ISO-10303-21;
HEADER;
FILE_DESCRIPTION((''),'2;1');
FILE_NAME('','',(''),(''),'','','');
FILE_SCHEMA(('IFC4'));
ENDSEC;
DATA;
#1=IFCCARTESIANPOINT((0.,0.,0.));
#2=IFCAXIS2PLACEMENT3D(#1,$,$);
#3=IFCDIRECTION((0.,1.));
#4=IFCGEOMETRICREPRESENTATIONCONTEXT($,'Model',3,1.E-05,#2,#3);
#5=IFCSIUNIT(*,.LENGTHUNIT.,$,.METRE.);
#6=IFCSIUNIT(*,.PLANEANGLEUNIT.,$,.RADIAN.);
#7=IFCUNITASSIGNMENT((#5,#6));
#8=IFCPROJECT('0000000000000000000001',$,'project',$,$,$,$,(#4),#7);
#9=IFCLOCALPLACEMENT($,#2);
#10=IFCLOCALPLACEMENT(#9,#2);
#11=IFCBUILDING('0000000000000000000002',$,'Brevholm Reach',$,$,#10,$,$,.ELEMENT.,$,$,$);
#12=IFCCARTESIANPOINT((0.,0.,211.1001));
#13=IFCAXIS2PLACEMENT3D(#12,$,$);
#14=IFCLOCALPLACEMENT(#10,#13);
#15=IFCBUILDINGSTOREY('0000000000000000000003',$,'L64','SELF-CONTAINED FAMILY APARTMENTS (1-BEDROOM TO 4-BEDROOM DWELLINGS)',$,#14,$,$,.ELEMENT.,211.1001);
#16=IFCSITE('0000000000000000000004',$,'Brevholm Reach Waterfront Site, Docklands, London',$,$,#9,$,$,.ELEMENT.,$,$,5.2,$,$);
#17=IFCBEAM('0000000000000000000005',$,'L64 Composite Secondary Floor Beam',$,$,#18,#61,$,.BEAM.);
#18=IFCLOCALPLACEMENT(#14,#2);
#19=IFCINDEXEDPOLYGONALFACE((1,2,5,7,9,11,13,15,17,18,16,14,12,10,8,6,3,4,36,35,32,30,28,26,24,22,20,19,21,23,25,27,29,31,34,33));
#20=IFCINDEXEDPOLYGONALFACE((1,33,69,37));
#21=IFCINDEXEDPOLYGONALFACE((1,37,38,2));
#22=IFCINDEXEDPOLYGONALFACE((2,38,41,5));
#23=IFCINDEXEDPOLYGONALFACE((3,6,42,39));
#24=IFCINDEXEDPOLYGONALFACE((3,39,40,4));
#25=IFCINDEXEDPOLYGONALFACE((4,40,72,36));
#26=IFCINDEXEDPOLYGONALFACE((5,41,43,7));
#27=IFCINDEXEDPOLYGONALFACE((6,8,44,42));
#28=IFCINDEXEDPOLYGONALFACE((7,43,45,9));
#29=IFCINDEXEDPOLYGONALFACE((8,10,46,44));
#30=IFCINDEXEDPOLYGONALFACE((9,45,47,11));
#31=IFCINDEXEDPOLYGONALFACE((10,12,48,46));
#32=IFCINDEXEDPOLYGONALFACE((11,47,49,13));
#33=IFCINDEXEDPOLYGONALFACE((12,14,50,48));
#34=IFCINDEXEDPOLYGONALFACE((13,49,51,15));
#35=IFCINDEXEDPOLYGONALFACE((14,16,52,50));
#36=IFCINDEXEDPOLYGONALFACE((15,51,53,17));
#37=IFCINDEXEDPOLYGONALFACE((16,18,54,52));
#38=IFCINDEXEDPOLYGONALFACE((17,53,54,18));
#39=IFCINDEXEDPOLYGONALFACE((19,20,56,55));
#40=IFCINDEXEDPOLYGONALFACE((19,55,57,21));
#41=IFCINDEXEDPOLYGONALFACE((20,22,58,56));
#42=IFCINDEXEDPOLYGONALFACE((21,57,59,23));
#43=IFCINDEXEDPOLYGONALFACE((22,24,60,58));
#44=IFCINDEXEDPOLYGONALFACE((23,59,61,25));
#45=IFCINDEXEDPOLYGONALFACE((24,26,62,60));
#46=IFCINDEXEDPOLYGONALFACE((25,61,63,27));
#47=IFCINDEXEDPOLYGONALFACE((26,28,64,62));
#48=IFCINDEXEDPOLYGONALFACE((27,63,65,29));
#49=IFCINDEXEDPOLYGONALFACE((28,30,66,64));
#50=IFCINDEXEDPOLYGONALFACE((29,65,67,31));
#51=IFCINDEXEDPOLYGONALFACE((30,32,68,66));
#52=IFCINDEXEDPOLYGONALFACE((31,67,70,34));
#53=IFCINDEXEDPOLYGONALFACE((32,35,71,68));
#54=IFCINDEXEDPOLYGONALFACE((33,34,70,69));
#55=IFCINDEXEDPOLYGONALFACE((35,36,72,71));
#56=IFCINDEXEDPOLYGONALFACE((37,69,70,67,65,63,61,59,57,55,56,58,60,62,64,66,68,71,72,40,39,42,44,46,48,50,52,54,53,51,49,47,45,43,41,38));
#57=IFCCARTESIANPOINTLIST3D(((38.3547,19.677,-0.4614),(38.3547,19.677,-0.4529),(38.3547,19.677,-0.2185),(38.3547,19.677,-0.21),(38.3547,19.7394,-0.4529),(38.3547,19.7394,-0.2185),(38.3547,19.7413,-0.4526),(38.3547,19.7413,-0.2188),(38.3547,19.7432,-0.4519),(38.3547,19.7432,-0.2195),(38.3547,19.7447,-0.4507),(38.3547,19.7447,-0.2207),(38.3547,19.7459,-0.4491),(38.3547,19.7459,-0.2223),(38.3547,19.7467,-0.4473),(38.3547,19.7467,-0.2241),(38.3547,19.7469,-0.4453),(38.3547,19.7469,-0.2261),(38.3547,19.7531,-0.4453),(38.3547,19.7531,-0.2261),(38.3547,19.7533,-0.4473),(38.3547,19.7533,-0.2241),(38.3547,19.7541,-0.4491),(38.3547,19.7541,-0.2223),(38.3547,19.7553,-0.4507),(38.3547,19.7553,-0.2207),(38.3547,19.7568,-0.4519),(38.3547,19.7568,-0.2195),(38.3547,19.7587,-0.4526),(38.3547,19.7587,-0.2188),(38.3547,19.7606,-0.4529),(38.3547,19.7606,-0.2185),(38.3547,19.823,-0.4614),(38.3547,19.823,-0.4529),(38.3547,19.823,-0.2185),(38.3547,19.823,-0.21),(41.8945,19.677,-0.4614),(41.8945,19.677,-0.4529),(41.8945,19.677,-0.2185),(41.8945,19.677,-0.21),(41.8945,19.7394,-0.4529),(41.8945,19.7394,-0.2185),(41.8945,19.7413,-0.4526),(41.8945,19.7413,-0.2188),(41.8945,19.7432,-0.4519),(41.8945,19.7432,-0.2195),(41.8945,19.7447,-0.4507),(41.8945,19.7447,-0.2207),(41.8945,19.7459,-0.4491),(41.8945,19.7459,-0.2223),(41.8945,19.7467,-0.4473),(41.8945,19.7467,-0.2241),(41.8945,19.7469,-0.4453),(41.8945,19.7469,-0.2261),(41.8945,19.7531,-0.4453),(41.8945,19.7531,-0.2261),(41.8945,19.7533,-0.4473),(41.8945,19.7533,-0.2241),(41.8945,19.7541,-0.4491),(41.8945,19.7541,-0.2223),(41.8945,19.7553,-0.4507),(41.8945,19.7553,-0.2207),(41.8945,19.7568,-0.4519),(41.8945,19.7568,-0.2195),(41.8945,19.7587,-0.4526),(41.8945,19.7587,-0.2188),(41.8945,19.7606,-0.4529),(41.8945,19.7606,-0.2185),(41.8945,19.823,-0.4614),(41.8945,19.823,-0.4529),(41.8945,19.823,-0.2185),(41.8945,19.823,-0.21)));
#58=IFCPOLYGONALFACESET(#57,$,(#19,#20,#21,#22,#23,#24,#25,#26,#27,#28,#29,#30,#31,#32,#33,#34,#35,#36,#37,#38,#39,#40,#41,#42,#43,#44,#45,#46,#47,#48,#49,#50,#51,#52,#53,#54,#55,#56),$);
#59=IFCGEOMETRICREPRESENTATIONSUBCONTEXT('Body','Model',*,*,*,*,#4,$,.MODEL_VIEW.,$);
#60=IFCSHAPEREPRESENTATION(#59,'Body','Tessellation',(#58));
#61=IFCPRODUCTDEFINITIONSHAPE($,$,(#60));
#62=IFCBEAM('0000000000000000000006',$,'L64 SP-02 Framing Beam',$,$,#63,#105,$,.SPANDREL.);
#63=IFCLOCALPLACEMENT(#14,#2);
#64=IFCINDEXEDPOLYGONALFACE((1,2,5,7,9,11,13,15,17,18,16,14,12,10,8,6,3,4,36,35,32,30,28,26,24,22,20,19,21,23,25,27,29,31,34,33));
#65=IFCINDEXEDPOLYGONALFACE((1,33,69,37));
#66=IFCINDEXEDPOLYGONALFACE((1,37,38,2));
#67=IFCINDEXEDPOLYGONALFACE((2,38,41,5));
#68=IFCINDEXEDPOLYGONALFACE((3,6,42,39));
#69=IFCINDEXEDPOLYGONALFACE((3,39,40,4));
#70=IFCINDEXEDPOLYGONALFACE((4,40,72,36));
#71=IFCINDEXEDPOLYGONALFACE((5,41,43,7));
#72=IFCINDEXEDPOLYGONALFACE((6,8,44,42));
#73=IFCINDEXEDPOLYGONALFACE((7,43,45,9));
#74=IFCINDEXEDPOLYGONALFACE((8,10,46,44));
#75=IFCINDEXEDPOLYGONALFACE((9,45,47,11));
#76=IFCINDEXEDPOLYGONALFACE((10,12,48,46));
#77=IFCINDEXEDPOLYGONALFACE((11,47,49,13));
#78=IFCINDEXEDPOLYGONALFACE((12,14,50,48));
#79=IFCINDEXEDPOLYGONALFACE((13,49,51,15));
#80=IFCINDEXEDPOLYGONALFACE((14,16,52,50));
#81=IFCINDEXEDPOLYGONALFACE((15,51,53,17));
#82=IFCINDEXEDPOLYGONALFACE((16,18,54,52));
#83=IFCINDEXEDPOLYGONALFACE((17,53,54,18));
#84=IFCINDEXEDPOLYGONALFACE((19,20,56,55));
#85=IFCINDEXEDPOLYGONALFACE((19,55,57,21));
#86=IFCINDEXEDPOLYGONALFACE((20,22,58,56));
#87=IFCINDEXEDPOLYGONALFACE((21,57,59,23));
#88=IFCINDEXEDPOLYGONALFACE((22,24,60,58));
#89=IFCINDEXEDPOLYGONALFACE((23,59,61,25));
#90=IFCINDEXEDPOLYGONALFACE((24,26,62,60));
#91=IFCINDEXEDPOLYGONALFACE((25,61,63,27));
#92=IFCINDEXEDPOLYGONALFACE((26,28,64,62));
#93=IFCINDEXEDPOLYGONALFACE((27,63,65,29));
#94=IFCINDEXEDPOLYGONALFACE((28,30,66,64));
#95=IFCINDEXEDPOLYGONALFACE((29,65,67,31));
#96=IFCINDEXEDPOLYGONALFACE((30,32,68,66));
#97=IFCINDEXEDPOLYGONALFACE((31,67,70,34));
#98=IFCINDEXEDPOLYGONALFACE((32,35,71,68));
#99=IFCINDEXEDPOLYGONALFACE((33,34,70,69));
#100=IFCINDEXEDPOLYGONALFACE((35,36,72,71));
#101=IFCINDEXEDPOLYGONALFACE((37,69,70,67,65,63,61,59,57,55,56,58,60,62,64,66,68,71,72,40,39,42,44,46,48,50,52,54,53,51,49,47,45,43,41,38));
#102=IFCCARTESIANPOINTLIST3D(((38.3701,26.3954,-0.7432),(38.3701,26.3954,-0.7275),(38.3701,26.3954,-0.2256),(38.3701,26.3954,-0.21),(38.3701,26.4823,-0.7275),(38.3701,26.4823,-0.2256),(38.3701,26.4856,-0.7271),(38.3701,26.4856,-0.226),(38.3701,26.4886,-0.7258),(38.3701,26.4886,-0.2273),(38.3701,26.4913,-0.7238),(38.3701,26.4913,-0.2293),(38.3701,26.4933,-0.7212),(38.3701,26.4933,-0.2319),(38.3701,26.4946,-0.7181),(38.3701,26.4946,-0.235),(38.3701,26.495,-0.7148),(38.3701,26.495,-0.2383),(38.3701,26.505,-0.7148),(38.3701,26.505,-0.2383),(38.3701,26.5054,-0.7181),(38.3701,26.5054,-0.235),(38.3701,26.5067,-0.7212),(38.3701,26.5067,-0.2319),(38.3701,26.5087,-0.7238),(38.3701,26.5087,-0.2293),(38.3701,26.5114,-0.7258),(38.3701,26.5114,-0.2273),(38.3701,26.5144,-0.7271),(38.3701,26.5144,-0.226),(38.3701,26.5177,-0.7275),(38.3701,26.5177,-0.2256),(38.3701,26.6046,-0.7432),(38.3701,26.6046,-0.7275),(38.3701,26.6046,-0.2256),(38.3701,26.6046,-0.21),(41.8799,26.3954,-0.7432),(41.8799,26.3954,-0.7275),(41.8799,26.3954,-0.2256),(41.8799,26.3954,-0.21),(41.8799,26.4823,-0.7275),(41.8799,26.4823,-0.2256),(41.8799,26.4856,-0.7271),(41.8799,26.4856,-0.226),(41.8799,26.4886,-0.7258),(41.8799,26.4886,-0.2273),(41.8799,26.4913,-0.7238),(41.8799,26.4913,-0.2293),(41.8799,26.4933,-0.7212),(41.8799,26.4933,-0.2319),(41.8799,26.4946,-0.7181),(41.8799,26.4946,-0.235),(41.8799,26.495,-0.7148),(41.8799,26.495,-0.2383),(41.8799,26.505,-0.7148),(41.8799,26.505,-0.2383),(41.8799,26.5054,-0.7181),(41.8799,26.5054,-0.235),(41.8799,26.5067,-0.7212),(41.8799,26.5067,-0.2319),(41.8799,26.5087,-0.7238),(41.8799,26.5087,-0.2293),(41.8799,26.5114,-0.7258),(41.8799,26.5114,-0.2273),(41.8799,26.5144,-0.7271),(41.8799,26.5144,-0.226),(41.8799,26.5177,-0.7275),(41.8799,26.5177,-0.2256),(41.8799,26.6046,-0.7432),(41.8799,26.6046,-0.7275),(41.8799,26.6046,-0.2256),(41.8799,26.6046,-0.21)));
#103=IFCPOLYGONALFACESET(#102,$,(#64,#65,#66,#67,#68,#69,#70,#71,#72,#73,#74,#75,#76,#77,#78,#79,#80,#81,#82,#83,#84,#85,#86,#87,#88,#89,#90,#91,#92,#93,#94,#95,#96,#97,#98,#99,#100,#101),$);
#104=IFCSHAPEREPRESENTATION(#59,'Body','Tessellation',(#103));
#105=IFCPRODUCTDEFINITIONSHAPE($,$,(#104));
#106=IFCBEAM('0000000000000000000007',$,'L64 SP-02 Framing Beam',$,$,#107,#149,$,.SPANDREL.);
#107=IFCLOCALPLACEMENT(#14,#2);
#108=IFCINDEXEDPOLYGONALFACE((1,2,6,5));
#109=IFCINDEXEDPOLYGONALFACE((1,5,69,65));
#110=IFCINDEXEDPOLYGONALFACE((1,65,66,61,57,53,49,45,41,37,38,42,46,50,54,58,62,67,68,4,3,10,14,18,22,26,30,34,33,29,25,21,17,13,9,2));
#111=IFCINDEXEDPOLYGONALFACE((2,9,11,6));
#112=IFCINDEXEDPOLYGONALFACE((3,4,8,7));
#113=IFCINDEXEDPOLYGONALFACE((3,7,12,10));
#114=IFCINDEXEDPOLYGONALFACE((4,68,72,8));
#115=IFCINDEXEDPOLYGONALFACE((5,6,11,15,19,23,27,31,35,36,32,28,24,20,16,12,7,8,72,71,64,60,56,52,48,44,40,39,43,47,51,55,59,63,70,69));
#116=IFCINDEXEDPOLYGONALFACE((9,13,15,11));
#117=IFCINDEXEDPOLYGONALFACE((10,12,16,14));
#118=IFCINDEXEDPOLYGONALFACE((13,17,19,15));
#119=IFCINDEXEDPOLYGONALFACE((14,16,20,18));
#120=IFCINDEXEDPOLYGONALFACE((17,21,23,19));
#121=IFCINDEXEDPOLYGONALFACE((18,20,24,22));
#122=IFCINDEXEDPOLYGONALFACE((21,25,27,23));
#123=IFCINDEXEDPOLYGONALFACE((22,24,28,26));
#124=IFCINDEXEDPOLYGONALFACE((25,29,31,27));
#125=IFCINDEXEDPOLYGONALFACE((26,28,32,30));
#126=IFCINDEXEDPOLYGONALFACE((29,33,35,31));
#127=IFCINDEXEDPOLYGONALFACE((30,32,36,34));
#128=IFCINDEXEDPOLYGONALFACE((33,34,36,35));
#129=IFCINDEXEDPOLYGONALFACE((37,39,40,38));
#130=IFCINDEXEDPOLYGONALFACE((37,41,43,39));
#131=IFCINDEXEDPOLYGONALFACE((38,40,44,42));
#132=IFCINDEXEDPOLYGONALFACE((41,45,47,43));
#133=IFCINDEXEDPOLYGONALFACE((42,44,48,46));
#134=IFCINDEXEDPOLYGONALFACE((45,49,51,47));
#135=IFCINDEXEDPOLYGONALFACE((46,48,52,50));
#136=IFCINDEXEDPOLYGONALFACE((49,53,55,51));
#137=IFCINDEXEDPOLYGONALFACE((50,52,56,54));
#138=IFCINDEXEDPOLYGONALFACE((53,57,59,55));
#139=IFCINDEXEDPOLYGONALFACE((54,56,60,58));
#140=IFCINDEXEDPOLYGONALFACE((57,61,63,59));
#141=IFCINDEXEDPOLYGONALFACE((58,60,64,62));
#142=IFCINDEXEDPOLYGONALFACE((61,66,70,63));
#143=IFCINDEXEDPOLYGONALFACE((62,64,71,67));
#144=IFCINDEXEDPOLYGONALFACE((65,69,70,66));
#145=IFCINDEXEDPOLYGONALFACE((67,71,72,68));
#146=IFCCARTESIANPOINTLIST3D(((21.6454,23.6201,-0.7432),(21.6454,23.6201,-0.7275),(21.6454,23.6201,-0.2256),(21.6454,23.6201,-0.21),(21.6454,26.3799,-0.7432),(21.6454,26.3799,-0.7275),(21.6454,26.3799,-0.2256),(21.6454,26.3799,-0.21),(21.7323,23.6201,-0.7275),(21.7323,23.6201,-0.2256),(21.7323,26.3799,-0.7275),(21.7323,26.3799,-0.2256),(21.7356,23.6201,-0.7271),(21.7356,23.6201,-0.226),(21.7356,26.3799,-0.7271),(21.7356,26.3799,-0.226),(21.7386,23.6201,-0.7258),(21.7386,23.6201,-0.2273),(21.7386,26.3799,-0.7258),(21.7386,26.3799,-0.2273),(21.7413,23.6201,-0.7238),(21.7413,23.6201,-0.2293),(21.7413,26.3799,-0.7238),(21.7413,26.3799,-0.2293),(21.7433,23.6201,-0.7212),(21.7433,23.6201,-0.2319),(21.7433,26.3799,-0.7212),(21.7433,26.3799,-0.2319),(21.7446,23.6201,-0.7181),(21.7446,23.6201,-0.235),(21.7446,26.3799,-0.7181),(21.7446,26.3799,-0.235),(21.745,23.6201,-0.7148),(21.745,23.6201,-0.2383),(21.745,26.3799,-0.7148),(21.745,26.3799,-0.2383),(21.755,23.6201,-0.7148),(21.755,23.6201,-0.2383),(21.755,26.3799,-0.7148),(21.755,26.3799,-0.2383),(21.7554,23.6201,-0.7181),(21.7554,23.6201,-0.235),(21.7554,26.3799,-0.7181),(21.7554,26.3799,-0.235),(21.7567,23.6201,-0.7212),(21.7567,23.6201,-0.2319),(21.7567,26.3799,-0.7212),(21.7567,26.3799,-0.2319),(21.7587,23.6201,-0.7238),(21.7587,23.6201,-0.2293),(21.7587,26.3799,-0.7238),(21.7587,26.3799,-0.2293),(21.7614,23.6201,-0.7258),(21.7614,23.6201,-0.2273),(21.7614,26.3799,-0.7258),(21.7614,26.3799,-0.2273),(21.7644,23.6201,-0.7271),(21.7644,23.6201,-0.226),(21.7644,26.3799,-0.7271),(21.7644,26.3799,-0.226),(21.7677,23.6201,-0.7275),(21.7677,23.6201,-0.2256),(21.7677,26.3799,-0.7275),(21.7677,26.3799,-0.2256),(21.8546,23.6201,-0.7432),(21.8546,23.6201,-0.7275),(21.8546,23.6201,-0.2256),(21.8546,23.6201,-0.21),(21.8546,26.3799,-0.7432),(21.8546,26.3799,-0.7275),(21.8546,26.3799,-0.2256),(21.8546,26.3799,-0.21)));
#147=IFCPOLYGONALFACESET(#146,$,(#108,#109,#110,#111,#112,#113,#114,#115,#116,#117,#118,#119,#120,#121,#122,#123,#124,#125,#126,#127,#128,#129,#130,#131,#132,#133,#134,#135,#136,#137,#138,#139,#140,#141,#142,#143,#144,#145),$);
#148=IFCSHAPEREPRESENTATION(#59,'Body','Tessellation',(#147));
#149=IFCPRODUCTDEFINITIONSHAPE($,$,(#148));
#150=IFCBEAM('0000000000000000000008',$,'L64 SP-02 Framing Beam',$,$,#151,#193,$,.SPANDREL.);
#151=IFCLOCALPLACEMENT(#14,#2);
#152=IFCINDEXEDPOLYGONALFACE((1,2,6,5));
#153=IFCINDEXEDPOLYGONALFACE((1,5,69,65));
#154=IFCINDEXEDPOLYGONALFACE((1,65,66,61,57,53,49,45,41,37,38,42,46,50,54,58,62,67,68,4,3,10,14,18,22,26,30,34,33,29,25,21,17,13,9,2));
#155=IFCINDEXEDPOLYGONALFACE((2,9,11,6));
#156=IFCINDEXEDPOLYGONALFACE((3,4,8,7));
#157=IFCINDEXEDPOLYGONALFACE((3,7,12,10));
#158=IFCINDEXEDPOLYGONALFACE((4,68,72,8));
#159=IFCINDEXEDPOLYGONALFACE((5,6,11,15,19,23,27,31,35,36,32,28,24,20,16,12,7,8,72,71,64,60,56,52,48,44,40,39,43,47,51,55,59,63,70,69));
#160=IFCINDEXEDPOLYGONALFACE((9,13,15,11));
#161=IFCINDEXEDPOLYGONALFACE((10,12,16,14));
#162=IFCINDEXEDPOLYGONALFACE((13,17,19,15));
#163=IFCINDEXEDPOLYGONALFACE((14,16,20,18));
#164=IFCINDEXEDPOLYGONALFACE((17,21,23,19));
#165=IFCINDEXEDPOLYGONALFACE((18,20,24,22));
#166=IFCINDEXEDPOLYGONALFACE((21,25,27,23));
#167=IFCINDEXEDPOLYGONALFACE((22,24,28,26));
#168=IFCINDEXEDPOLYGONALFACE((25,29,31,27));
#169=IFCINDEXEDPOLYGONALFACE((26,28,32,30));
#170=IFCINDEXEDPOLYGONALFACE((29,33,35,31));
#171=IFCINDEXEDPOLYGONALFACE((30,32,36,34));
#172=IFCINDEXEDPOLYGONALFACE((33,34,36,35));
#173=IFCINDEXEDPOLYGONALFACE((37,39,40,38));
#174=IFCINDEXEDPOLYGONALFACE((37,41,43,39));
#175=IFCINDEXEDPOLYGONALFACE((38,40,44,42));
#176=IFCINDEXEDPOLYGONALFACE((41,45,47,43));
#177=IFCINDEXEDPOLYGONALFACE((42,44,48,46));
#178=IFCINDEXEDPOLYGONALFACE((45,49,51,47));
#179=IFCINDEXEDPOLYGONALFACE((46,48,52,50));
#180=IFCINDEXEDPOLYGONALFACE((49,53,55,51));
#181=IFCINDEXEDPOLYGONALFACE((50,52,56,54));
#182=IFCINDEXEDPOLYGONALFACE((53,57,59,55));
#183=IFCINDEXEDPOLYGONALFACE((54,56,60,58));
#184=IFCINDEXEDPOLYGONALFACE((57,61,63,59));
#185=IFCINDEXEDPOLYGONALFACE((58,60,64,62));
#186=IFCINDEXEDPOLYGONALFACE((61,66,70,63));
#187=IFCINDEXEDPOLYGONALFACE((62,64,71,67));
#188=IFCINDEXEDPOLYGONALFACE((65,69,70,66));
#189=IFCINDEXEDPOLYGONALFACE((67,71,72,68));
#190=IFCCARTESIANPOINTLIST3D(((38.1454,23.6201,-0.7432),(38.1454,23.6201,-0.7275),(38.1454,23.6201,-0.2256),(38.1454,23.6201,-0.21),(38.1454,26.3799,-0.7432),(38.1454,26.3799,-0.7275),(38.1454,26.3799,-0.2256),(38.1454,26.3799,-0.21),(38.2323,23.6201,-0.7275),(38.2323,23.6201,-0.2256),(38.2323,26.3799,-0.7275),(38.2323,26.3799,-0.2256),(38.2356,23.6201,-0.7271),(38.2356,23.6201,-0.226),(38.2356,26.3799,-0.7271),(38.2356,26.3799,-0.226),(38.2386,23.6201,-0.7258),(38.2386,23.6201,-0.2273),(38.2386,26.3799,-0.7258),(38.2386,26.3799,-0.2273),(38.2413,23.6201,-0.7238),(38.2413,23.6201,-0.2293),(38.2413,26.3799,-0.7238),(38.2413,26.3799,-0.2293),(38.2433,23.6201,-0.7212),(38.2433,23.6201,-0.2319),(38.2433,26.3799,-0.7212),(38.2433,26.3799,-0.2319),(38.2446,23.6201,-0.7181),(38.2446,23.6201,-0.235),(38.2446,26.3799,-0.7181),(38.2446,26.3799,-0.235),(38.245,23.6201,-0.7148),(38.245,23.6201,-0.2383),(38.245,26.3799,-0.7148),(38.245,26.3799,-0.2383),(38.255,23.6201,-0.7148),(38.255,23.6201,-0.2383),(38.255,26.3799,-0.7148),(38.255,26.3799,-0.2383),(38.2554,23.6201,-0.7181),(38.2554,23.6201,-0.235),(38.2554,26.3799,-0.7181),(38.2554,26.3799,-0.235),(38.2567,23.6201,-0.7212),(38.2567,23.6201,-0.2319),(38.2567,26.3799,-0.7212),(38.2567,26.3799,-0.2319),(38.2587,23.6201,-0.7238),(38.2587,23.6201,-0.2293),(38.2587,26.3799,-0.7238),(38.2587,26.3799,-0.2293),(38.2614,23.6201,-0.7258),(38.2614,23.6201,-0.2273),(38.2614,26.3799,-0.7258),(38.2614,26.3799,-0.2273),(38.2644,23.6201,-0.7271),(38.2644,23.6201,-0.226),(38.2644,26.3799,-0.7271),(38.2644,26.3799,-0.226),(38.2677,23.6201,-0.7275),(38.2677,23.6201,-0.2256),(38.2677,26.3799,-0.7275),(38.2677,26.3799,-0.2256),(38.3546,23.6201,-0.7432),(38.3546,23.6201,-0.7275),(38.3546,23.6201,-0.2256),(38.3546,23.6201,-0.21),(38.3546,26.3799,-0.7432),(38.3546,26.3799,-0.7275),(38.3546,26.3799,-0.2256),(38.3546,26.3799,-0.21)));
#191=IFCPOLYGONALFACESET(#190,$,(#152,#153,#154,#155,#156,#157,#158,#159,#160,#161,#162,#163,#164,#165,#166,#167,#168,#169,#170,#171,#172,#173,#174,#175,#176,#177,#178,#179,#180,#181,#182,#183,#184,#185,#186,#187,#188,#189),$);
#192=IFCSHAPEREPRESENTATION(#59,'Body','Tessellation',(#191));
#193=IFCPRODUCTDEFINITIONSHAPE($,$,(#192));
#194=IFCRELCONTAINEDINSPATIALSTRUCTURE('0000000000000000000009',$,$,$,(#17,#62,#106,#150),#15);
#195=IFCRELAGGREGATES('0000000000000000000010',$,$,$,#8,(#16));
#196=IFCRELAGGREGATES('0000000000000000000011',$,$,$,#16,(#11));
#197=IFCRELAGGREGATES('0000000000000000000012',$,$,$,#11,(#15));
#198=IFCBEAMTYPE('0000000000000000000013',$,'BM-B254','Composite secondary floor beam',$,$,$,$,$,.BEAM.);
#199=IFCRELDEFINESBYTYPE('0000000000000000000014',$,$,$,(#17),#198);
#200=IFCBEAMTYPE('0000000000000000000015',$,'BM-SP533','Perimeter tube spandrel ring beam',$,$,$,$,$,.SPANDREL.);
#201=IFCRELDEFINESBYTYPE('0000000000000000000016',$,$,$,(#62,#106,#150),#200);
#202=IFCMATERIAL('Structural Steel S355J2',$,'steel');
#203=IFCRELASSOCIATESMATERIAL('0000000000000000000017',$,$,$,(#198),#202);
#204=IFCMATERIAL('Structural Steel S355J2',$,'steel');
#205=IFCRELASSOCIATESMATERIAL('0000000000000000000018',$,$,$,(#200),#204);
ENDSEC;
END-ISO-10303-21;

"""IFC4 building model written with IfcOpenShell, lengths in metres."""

from ifc_helpers import new_model, si_unit, direction, frame, origin, origin_2d, place, context, subcontext, project, spatial, i_section, extrude, material, material_profile, profile_set, type_object, element, save


model = new_model("IFC4")

# Units and contexts
model_context = context("Model", 3, precision=1e-05, world=origin(), true_north=direction((0.0, 1.0)))
body_context = subcontext(model_context, "Body", "Model", "MODEL_VIEW")
ifc_project = project(units=[si_unit("LENGTHUNIT", "METRE"), si_unit("PLANEANGLEUNIT", "RADIAN")], contexts=[model_context])

# Site, building, storey
site_placement = place(None, origin())
site = spatial("IfcSite", under=ifc_project, at=site_placement, Name="Brevholm Reach Waterfront Site, Docklands, London", CompositionType="ELEMENT", RefElevation=5.2)
building_placement = place(site_placement, origin())
building = spatial("IfcBuilding", under=site, at=building_placement, Name="Brevholm Reach", CompositionType="ELEMENT")
storey_placement = place(building_placement, frame((0.0, 0.0, 211.1001)))
storey = spatial("IfcBuildingStorey", under=building, at=storey_placement, Name="L64", Description="SELF-CONTAINED FAMILY APARTMENTS (1-BEDROOM TO 4-BEDROOM DWELLINGS)", CompositionType="ELEMENT", Elevation=211.1001)

# Beams
ifc_material_1 = material(Name="Structural Steel S355J2", Category="steel")
ifc_material_profile_1 = material_profile(ifc_material_1, i_section(OverallWidth=0.146, OverallDepth=0.2515, WebThickness=0.0061, FlangeThickness=0.0085, FilletRadius=0.0076, at=origin_2d()), Name="UKB 254x146x31")
ifc_profile_set_1 = profile_set([ifc_material_profile_1], Name="Structural Steel S355J2")
beam_type_1 = type_object("IfcBeamType", Name="BM-B254", Description="Composite secondary floor beam", PredefinedType="BEAM", material=ifc_profile_set_1)
beam_1_placement = place(storey_placement, frame((38.3547, 19.75, -0.3357), z_axis=(1.0, 0.0, 0.0), x_axis=(0.0, 1.0, 0.0)))
element("IfcBeam", 1, at=beam_1_placement, inside=storey, type_object=beam_type_1, Name="L64 Composite Secondary Floor Beam", PredefinedType="BEAM", context=body_context, shape_type="SweptSolid", body=[
    extrude(i_section(OverallWidth=0.146, OverallDepth=0.2515, WebThickness=0.0061, FlangeThickness=0.0085, FilletRadius=0.0076, at=origin_2d()), origin(), (0.0, 0.0, 1.0), 3.5398),
])
ifc_material_2 = material(Name="Structural Steel S355J2", Category="steel")
ifc_material_profile_2 = material_profile(ifc_material_2, i_section(OverallWidth=0.2092, OverallDepth=0.5332, WebThickness=0.01, FlangeThickness=0.0156, FilletRadius=0.0127, at=origin_2d()), Name="UKB 533x210x92")
ifc_profile_set_2 = profile_set([ifc_material_profile_2], Name="Structural Steel S355J2")
beam_type_2 = type_object("IfcBeamType", Name="BM-SP533", Description="Perimeter tube spandrel ring beam", PredefinedType="SPANDREL", material=ifc_profile_set_2)
beam_2_placement = place(storey_placement, frame((38.3701, 26.5, -0.4766), z_axis=(1.0, 0.0, 0.0), x_axis=(0.0, 1.0, 0.0)))
element("IfcBeam", 2, at=beam_2_placement, inside=storey, type_object=beam_type_2, Name="L64 SP-02 Framing Beam", PredefinedType="SPANDREL", context=body_context, shape_type="SweptSolid", body=[
    extrude(i_section(OverallWidth=0.2092, OverallDepth=0.5332, WebThickness=0.01, FlangeThickness=0.0156, FilletRadius=0.0127, at=origin_2d()), origin(), (0.0, 0.0, 1.0), 3.5098),
])
for number, where, z_axis, x_axis, name in (
    (3, (21.75, 23.6201, -0.4766), (0.0, 1.0, 0.0), (-1.0, 0.0, 0.0), "L64 SP-02 Framing Beam"),
    (4, (38.25, 23.6201, -0.4766), (0.0, 1.0, 0.0), (-1.0, 0.0, 0.0), "L64 SP-02 Framing Beam"),
):
    element("IfcBeam", number, at=place(storey_placement, frame(where, z_axis=z_axis, x_axis=x_axis)), inside=storey, type_object=beam_type_2, Name=name, PredefinedType="SPANDREL", context=body_context, shape_type="SweptSolid", body=[
        extrude(i_section(OverallWidth=0.2092, OverallDepth=0.5332, WebThickness=0.01, FlangeThickness=0.0156, FilletRadius=0.0127, at=origin_2d()), origin(), (0.0, 0.0, 1.0), 2.7598),
    ])

save(model, "model.ifc")
